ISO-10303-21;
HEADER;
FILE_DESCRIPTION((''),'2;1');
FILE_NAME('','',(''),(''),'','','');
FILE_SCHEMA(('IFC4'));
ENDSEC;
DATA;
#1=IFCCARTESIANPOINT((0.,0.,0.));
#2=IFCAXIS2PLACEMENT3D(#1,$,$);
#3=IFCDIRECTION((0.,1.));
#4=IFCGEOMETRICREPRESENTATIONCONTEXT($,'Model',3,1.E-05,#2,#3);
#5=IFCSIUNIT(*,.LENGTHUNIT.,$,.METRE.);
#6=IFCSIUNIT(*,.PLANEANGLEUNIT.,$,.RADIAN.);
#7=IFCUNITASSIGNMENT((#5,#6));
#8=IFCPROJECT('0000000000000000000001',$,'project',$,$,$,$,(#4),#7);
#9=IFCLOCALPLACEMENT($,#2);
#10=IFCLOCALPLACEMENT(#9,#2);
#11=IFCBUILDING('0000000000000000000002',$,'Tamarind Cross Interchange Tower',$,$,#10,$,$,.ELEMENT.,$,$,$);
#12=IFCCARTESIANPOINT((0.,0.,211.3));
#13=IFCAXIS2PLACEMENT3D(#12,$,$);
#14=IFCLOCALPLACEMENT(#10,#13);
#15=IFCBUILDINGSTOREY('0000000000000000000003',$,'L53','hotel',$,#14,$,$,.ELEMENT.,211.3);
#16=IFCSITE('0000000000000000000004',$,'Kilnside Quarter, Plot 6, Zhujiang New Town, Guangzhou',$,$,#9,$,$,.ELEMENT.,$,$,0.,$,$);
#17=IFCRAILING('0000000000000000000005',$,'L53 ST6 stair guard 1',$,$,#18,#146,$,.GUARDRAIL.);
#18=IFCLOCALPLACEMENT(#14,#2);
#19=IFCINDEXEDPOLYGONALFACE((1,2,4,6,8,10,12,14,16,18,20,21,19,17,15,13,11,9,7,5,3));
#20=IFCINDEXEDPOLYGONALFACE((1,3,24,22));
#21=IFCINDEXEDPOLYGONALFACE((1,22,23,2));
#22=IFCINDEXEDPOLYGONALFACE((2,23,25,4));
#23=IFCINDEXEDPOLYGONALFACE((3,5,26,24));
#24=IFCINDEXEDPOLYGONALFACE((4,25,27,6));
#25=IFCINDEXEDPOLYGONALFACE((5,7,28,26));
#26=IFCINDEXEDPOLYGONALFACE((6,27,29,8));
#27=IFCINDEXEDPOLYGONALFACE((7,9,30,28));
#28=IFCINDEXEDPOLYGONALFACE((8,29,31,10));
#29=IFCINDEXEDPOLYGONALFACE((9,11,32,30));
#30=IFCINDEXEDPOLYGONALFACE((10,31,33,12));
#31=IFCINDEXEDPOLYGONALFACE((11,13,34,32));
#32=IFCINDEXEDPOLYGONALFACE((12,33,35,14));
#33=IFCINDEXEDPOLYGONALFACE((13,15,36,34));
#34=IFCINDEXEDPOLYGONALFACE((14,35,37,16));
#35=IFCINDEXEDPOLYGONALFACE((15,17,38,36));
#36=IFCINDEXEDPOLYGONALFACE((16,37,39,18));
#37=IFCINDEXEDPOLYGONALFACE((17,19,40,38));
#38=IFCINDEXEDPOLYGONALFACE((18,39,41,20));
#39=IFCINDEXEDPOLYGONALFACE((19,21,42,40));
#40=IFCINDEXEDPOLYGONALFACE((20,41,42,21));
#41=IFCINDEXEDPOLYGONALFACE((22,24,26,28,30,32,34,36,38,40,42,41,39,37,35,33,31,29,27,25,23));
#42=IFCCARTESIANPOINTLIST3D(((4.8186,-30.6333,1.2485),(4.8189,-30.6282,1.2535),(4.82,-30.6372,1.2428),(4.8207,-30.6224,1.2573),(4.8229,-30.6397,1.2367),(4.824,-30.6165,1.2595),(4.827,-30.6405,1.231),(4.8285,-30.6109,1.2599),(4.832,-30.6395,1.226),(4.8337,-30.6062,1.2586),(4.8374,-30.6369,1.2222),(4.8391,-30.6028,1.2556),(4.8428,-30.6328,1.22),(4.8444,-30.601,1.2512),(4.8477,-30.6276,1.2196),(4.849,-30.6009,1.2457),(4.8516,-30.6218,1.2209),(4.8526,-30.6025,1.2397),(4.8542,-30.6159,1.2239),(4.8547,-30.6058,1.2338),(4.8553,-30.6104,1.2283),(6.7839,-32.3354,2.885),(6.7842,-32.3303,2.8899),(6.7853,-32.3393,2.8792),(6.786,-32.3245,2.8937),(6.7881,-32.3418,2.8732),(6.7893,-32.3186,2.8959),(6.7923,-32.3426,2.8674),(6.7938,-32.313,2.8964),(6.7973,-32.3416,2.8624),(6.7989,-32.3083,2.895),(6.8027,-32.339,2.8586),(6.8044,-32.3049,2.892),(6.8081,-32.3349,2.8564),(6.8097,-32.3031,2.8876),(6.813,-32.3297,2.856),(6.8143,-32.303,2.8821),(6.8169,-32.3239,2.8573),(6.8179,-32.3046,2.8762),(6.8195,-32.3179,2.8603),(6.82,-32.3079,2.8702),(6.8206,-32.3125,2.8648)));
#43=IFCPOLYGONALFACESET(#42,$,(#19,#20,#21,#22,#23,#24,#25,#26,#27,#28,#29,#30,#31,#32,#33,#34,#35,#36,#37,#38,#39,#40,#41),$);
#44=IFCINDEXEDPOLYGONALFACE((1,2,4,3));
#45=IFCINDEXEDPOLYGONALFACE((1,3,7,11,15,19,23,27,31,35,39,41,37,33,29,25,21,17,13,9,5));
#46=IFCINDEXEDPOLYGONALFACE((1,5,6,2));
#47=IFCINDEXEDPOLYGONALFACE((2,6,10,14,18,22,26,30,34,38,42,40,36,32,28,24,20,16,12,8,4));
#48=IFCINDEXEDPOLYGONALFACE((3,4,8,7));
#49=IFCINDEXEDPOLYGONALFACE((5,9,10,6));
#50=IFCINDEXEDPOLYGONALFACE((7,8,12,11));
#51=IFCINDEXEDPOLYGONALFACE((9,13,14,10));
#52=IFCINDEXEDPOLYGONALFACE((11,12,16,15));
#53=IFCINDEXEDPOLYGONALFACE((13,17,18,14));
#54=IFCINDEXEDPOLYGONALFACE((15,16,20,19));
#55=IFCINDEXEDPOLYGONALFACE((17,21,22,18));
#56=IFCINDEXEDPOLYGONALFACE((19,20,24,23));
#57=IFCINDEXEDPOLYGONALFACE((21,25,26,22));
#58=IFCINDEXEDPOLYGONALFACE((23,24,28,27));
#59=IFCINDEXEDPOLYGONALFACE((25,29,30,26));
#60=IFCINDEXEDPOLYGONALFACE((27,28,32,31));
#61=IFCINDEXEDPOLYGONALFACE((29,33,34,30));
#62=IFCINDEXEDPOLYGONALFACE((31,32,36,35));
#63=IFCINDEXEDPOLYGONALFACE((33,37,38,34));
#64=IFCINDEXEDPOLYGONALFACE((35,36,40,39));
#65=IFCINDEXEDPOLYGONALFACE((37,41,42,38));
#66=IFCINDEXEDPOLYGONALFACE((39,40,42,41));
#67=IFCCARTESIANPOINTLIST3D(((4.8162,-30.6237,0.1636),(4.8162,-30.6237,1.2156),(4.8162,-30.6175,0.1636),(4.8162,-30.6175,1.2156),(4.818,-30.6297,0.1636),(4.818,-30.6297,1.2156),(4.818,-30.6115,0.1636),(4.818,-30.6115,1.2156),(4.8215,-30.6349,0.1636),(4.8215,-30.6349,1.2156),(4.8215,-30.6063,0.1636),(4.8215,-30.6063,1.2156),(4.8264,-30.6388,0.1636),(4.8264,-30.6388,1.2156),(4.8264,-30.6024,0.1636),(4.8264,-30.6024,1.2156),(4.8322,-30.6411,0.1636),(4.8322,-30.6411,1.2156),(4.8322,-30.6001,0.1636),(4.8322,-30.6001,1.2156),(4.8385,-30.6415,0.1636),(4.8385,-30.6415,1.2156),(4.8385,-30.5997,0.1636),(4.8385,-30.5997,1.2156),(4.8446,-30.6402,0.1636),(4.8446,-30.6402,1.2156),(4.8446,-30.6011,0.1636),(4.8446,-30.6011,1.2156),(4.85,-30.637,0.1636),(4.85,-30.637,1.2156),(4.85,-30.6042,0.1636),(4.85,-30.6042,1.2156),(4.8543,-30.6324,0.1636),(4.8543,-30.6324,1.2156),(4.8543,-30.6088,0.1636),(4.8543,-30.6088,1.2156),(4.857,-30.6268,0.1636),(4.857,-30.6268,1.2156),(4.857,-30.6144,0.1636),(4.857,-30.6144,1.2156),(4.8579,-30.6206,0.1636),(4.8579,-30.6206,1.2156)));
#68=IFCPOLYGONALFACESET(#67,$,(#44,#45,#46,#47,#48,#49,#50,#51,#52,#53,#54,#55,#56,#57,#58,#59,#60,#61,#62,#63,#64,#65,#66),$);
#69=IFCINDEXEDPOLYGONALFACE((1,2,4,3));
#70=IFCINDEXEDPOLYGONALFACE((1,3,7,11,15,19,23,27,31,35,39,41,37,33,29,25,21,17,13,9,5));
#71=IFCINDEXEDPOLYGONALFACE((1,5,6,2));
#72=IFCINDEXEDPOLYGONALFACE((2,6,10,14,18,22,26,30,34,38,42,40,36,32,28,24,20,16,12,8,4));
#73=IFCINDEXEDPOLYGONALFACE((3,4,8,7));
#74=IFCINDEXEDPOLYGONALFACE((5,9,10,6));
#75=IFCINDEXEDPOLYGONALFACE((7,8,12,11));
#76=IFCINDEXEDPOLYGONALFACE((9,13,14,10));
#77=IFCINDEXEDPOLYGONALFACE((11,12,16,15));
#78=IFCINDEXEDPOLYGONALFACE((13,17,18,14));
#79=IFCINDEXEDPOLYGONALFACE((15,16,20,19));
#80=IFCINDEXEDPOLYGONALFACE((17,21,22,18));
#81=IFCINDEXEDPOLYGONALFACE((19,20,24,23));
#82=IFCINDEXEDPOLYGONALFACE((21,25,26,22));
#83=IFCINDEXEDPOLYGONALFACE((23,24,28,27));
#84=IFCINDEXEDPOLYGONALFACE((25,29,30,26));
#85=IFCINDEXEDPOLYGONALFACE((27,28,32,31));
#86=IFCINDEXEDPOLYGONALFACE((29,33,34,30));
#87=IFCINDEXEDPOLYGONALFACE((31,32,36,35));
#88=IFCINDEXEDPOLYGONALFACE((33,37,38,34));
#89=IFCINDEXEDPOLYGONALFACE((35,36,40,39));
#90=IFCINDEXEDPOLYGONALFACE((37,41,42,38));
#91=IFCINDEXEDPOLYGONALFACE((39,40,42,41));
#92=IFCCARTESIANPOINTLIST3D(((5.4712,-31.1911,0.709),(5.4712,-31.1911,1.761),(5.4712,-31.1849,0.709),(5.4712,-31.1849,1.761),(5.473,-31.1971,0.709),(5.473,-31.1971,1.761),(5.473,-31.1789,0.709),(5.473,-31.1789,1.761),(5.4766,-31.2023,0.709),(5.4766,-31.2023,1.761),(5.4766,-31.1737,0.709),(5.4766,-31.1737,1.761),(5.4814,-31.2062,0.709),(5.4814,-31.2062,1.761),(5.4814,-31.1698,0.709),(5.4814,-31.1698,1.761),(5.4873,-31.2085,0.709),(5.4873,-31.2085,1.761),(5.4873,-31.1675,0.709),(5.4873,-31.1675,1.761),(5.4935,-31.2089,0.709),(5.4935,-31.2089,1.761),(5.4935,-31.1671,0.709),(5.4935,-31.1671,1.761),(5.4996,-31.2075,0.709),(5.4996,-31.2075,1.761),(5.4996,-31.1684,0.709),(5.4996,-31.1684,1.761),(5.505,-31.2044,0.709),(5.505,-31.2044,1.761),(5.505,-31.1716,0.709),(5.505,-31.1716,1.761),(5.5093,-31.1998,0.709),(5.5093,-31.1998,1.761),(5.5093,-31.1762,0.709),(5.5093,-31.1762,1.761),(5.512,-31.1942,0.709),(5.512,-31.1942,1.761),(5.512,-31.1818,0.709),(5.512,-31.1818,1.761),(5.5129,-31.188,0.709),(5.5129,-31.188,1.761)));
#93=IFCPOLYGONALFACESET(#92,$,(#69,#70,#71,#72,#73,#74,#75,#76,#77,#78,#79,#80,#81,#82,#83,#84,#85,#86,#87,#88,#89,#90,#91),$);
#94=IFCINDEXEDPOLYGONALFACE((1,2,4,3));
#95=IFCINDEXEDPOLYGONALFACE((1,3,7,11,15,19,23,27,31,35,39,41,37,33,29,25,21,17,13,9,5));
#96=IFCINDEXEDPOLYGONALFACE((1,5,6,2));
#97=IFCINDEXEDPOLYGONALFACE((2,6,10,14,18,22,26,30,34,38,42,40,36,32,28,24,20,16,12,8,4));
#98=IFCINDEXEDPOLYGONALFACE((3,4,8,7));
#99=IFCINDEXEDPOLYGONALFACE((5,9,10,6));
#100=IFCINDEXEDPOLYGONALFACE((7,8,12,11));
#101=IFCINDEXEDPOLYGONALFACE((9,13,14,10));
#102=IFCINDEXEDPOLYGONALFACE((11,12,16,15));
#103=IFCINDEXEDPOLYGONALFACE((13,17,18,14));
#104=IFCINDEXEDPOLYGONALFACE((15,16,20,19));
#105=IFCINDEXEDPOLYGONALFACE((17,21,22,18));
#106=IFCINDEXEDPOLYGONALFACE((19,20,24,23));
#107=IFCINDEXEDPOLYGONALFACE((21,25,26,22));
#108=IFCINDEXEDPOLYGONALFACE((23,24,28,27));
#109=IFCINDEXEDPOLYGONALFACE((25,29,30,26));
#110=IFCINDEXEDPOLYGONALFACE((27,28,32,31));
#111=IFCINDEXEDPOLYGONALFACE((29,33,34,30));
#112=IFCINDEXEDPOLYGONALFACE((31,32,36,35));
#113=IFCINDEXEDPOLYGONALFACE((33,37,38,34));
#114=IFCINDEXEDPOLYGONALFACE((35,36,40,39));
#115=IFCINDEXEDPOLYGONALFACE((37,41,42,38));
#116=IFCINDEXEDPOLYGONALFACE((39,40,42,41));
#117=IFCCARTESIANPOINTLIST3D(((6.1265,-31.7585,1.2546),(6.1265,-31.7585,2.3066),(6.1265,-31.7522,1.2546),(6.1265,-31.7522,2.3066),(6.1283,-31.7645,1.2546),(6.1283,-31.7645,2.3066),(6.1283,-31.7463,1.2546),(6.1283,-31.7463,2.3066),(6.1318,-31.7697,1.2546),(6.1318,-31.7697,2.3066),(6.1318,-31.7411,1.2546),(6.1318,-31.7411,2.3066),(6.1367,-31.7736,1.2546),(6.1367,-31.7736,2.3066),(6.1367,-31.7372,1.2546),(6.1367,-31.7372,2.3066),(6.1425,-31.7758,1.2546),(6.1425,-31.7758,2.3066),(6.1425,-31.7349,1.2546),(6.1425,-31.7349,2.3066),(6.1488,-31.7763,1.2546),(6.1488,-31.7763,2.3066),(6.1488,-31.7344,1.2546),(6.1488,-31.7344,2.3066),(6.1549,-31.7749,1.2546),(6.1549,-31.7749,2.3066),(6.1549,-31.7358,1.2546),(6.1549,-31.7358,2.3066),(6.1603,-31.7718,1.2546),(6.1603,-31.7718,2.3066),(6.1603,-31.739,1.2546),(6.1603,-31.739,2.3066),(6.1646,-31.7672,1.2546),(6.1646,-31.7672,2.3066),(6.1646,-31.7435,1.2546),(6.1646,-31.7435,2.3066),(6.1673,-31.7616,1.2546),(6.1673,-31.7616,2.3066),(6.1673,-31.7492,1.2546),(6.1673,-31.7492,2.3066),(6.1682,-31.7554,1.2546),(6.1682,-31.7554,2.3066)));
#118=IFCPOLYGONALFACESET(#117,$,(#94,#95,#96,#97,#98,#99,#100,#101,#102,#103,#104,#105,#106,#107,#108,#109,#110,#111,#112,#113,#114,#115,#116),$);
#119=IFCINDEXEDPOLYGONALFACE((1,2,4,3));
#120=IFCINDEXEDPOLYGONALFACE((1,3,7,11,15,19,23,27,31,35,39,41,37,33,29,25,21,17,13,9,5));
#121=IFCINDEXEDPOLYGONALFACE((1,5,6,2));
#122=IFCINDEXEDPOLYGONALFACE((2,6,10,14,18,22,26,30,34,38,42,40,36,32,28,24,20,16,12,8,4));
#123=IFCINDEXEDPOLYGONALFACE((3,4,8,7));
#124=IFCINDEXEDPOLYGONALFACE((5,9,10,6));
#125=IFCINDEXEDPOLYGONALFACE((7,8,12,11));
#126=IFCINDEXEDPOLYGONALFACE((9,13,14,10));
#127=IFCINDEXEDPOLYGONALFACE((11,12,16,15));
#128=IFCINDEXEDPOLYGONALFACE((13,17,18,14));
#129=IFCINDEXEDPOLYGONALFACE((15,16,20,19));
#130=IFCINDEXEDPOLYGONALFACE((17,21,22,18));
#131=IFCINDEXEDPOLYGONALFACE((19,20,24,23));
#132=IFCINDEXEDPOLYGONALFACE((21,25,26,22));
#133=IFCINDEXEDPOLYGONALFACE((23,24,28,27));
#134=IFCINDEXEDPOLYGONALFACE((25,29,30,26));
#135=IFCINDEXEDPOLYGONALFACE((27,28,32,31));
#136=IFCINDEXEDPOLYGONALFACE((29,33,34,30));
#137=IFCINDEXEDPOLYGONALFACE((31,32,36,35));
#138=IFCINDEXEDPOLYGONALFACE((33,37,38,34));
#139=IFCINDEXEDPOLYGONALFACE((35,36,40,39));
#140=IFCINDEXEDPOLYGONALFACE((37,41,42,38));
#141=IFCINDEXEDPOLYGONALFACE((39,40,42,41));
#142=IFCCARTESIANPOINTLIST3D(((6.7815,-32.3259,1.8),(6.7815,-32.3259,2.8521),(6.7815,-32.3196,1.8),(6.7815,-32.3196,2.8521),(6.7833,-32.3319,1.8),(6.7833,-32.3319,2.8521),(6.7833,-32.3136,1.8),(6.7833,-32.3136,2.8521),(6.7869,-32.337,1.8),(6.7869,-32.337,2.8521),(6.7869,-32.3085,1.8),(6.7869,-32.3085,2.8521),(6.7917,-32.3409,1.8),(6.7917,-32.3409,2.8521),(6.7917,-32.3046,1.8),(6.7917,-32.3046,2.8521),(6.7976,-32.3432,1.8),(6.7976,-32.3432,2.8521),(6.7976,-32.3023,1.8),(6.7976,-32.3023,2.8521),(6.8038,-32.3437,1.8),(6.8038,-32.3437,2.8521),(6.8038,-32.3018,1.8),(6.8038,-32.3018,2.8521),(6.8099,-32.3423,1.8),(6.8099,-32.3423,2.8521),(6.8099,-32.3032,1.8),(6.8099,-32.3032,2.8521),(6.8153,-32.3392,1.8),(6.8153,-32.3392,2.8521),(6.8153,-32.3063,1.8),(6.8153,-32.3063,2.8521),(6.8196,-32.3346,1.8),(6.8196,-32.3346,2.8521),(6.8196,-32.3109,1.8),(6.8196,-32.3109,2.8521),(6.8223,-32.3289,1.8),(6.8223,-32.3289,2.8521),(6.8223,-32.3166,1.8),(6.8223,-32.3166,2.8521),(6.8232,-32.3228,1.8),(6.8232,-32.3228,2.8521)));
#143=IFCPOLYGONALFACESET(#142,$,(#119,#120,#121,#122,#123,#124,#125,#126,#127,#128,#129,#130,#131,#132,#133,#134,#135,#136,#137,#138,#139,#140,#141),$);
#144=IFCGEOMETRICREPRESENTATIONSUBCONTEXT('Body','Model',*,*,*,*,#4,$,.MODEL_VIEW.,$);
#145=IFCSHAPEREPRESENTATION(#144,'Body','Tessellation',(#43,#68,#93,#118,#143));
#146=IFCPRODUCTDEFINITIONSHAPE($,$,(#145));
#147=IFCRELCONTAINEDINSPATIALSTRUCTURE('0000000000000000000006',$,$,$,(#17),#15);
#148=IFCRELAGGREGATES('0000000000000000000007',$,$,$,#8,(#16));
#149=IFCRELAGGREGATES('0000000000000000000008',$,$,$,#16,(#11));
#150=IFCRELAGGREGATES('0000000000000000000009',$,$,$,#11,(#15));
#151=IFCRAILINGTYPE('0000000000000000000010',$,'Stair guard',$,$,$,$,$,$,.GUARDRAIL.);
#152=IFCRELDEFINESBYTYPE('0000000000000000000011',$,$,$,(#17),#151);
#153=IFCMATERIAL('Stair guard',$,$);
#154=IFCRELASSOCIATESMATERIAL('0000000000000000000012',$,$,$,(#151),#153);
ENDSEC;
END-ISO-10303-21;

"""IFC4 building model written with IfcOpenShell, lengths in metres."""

from ifc_helpers import new_model, si_unit, direction, frame, origin, origin_2d, place, context, subcontext, project, spatial, circle, extrude, material, type_object, element, save


model = new_model("IFC4")

# Units and contexts
model_context = context("Model", 3, precision=1e-05, world=origin(), true_north=direction((0.0, 1.0)))
body_context = subcontext(model_context, "Body", "Model", "MODEL_VIEW")
ifc_project = project(units=[si_unit("LENGTHUNIT", "METRE"), si_unit("PLANEANGLEUNIT", "RADIAN")], contexts=[model_context])

# Site, building, storey
site_placement = place(None, origin())
site = spatial("IfcSite", under=ifc_project, at=site_placement, Name="Kilnside Quarter, Plot 6, Zhujiang New Town, Guangzhou", CompositionType="ELEMENT", RefElevation=0.0)
building_placement = place(site_placement, origin())
building = spatial("IfcBuilding", under=site, at=building_placement, Name="Tamarind Cross Interchange Tower", CompositionType="ELEMENT")
storey_placement = place(building_placement, frame((0.0, 0.0, 211.3)))
storey = spatial("IfcBuildingStorey", under=building, at=storey_placement, Name="L53", Description="hotel", CompositionType="ELEMENT", Elevation=211.3)

# Railing
ifc_material_1 = material(Name="Stair guard")
railing_type = type_object("IfcRailingType", Name="Stair guard", PredefinedType="GUARDRAIL", material=ifc_material_1)
railing_1_placement = place(storey_placement, frame((4.8369, -30.6206, 0.1636)))
element("IfcRailing", 1, at=railing_1_placement, inside=storey, type_object=railing_type, Name="L53 ST6 stair guard 1", PredefinedType="GUARDRAIL", context=body_context, shape_type="SweptSolid", body=[
    extrude(circle(Radius=0.0239, at=origin_2d()), frame((0.0, 0.0, 1.0762), z_axis=(0.639733, -0.554064, 0.532687), x_axis=(0.65468, 0.755906, 0.0)), (0.0, 0.0, 1.0), 3.072),
    extrude(circle(Radius=0.021, at=origin_2d()), origin(), (0.0, 0.0, 1.0), 1.052),
    extrude(circle(Radius=0.021, at=origin_2d()), frame((0.655, -0.5674, 0.5454)), (0.0, 0.0, 1.0), 1.052),
    extrude(circle(Radius=0.021, at=origin_2d()), frame((1.3103, -1.1348, 1.0911)), (0.0, 0.0, 1.0), 1.052),
    extrude(circle(Radius=0.021, at=origin_2d()), frame((1.9653, -1.7021, 1.6365)), (0.0, 0.0, 1.0), 1.052),
])

save(model, "model.ifc")
